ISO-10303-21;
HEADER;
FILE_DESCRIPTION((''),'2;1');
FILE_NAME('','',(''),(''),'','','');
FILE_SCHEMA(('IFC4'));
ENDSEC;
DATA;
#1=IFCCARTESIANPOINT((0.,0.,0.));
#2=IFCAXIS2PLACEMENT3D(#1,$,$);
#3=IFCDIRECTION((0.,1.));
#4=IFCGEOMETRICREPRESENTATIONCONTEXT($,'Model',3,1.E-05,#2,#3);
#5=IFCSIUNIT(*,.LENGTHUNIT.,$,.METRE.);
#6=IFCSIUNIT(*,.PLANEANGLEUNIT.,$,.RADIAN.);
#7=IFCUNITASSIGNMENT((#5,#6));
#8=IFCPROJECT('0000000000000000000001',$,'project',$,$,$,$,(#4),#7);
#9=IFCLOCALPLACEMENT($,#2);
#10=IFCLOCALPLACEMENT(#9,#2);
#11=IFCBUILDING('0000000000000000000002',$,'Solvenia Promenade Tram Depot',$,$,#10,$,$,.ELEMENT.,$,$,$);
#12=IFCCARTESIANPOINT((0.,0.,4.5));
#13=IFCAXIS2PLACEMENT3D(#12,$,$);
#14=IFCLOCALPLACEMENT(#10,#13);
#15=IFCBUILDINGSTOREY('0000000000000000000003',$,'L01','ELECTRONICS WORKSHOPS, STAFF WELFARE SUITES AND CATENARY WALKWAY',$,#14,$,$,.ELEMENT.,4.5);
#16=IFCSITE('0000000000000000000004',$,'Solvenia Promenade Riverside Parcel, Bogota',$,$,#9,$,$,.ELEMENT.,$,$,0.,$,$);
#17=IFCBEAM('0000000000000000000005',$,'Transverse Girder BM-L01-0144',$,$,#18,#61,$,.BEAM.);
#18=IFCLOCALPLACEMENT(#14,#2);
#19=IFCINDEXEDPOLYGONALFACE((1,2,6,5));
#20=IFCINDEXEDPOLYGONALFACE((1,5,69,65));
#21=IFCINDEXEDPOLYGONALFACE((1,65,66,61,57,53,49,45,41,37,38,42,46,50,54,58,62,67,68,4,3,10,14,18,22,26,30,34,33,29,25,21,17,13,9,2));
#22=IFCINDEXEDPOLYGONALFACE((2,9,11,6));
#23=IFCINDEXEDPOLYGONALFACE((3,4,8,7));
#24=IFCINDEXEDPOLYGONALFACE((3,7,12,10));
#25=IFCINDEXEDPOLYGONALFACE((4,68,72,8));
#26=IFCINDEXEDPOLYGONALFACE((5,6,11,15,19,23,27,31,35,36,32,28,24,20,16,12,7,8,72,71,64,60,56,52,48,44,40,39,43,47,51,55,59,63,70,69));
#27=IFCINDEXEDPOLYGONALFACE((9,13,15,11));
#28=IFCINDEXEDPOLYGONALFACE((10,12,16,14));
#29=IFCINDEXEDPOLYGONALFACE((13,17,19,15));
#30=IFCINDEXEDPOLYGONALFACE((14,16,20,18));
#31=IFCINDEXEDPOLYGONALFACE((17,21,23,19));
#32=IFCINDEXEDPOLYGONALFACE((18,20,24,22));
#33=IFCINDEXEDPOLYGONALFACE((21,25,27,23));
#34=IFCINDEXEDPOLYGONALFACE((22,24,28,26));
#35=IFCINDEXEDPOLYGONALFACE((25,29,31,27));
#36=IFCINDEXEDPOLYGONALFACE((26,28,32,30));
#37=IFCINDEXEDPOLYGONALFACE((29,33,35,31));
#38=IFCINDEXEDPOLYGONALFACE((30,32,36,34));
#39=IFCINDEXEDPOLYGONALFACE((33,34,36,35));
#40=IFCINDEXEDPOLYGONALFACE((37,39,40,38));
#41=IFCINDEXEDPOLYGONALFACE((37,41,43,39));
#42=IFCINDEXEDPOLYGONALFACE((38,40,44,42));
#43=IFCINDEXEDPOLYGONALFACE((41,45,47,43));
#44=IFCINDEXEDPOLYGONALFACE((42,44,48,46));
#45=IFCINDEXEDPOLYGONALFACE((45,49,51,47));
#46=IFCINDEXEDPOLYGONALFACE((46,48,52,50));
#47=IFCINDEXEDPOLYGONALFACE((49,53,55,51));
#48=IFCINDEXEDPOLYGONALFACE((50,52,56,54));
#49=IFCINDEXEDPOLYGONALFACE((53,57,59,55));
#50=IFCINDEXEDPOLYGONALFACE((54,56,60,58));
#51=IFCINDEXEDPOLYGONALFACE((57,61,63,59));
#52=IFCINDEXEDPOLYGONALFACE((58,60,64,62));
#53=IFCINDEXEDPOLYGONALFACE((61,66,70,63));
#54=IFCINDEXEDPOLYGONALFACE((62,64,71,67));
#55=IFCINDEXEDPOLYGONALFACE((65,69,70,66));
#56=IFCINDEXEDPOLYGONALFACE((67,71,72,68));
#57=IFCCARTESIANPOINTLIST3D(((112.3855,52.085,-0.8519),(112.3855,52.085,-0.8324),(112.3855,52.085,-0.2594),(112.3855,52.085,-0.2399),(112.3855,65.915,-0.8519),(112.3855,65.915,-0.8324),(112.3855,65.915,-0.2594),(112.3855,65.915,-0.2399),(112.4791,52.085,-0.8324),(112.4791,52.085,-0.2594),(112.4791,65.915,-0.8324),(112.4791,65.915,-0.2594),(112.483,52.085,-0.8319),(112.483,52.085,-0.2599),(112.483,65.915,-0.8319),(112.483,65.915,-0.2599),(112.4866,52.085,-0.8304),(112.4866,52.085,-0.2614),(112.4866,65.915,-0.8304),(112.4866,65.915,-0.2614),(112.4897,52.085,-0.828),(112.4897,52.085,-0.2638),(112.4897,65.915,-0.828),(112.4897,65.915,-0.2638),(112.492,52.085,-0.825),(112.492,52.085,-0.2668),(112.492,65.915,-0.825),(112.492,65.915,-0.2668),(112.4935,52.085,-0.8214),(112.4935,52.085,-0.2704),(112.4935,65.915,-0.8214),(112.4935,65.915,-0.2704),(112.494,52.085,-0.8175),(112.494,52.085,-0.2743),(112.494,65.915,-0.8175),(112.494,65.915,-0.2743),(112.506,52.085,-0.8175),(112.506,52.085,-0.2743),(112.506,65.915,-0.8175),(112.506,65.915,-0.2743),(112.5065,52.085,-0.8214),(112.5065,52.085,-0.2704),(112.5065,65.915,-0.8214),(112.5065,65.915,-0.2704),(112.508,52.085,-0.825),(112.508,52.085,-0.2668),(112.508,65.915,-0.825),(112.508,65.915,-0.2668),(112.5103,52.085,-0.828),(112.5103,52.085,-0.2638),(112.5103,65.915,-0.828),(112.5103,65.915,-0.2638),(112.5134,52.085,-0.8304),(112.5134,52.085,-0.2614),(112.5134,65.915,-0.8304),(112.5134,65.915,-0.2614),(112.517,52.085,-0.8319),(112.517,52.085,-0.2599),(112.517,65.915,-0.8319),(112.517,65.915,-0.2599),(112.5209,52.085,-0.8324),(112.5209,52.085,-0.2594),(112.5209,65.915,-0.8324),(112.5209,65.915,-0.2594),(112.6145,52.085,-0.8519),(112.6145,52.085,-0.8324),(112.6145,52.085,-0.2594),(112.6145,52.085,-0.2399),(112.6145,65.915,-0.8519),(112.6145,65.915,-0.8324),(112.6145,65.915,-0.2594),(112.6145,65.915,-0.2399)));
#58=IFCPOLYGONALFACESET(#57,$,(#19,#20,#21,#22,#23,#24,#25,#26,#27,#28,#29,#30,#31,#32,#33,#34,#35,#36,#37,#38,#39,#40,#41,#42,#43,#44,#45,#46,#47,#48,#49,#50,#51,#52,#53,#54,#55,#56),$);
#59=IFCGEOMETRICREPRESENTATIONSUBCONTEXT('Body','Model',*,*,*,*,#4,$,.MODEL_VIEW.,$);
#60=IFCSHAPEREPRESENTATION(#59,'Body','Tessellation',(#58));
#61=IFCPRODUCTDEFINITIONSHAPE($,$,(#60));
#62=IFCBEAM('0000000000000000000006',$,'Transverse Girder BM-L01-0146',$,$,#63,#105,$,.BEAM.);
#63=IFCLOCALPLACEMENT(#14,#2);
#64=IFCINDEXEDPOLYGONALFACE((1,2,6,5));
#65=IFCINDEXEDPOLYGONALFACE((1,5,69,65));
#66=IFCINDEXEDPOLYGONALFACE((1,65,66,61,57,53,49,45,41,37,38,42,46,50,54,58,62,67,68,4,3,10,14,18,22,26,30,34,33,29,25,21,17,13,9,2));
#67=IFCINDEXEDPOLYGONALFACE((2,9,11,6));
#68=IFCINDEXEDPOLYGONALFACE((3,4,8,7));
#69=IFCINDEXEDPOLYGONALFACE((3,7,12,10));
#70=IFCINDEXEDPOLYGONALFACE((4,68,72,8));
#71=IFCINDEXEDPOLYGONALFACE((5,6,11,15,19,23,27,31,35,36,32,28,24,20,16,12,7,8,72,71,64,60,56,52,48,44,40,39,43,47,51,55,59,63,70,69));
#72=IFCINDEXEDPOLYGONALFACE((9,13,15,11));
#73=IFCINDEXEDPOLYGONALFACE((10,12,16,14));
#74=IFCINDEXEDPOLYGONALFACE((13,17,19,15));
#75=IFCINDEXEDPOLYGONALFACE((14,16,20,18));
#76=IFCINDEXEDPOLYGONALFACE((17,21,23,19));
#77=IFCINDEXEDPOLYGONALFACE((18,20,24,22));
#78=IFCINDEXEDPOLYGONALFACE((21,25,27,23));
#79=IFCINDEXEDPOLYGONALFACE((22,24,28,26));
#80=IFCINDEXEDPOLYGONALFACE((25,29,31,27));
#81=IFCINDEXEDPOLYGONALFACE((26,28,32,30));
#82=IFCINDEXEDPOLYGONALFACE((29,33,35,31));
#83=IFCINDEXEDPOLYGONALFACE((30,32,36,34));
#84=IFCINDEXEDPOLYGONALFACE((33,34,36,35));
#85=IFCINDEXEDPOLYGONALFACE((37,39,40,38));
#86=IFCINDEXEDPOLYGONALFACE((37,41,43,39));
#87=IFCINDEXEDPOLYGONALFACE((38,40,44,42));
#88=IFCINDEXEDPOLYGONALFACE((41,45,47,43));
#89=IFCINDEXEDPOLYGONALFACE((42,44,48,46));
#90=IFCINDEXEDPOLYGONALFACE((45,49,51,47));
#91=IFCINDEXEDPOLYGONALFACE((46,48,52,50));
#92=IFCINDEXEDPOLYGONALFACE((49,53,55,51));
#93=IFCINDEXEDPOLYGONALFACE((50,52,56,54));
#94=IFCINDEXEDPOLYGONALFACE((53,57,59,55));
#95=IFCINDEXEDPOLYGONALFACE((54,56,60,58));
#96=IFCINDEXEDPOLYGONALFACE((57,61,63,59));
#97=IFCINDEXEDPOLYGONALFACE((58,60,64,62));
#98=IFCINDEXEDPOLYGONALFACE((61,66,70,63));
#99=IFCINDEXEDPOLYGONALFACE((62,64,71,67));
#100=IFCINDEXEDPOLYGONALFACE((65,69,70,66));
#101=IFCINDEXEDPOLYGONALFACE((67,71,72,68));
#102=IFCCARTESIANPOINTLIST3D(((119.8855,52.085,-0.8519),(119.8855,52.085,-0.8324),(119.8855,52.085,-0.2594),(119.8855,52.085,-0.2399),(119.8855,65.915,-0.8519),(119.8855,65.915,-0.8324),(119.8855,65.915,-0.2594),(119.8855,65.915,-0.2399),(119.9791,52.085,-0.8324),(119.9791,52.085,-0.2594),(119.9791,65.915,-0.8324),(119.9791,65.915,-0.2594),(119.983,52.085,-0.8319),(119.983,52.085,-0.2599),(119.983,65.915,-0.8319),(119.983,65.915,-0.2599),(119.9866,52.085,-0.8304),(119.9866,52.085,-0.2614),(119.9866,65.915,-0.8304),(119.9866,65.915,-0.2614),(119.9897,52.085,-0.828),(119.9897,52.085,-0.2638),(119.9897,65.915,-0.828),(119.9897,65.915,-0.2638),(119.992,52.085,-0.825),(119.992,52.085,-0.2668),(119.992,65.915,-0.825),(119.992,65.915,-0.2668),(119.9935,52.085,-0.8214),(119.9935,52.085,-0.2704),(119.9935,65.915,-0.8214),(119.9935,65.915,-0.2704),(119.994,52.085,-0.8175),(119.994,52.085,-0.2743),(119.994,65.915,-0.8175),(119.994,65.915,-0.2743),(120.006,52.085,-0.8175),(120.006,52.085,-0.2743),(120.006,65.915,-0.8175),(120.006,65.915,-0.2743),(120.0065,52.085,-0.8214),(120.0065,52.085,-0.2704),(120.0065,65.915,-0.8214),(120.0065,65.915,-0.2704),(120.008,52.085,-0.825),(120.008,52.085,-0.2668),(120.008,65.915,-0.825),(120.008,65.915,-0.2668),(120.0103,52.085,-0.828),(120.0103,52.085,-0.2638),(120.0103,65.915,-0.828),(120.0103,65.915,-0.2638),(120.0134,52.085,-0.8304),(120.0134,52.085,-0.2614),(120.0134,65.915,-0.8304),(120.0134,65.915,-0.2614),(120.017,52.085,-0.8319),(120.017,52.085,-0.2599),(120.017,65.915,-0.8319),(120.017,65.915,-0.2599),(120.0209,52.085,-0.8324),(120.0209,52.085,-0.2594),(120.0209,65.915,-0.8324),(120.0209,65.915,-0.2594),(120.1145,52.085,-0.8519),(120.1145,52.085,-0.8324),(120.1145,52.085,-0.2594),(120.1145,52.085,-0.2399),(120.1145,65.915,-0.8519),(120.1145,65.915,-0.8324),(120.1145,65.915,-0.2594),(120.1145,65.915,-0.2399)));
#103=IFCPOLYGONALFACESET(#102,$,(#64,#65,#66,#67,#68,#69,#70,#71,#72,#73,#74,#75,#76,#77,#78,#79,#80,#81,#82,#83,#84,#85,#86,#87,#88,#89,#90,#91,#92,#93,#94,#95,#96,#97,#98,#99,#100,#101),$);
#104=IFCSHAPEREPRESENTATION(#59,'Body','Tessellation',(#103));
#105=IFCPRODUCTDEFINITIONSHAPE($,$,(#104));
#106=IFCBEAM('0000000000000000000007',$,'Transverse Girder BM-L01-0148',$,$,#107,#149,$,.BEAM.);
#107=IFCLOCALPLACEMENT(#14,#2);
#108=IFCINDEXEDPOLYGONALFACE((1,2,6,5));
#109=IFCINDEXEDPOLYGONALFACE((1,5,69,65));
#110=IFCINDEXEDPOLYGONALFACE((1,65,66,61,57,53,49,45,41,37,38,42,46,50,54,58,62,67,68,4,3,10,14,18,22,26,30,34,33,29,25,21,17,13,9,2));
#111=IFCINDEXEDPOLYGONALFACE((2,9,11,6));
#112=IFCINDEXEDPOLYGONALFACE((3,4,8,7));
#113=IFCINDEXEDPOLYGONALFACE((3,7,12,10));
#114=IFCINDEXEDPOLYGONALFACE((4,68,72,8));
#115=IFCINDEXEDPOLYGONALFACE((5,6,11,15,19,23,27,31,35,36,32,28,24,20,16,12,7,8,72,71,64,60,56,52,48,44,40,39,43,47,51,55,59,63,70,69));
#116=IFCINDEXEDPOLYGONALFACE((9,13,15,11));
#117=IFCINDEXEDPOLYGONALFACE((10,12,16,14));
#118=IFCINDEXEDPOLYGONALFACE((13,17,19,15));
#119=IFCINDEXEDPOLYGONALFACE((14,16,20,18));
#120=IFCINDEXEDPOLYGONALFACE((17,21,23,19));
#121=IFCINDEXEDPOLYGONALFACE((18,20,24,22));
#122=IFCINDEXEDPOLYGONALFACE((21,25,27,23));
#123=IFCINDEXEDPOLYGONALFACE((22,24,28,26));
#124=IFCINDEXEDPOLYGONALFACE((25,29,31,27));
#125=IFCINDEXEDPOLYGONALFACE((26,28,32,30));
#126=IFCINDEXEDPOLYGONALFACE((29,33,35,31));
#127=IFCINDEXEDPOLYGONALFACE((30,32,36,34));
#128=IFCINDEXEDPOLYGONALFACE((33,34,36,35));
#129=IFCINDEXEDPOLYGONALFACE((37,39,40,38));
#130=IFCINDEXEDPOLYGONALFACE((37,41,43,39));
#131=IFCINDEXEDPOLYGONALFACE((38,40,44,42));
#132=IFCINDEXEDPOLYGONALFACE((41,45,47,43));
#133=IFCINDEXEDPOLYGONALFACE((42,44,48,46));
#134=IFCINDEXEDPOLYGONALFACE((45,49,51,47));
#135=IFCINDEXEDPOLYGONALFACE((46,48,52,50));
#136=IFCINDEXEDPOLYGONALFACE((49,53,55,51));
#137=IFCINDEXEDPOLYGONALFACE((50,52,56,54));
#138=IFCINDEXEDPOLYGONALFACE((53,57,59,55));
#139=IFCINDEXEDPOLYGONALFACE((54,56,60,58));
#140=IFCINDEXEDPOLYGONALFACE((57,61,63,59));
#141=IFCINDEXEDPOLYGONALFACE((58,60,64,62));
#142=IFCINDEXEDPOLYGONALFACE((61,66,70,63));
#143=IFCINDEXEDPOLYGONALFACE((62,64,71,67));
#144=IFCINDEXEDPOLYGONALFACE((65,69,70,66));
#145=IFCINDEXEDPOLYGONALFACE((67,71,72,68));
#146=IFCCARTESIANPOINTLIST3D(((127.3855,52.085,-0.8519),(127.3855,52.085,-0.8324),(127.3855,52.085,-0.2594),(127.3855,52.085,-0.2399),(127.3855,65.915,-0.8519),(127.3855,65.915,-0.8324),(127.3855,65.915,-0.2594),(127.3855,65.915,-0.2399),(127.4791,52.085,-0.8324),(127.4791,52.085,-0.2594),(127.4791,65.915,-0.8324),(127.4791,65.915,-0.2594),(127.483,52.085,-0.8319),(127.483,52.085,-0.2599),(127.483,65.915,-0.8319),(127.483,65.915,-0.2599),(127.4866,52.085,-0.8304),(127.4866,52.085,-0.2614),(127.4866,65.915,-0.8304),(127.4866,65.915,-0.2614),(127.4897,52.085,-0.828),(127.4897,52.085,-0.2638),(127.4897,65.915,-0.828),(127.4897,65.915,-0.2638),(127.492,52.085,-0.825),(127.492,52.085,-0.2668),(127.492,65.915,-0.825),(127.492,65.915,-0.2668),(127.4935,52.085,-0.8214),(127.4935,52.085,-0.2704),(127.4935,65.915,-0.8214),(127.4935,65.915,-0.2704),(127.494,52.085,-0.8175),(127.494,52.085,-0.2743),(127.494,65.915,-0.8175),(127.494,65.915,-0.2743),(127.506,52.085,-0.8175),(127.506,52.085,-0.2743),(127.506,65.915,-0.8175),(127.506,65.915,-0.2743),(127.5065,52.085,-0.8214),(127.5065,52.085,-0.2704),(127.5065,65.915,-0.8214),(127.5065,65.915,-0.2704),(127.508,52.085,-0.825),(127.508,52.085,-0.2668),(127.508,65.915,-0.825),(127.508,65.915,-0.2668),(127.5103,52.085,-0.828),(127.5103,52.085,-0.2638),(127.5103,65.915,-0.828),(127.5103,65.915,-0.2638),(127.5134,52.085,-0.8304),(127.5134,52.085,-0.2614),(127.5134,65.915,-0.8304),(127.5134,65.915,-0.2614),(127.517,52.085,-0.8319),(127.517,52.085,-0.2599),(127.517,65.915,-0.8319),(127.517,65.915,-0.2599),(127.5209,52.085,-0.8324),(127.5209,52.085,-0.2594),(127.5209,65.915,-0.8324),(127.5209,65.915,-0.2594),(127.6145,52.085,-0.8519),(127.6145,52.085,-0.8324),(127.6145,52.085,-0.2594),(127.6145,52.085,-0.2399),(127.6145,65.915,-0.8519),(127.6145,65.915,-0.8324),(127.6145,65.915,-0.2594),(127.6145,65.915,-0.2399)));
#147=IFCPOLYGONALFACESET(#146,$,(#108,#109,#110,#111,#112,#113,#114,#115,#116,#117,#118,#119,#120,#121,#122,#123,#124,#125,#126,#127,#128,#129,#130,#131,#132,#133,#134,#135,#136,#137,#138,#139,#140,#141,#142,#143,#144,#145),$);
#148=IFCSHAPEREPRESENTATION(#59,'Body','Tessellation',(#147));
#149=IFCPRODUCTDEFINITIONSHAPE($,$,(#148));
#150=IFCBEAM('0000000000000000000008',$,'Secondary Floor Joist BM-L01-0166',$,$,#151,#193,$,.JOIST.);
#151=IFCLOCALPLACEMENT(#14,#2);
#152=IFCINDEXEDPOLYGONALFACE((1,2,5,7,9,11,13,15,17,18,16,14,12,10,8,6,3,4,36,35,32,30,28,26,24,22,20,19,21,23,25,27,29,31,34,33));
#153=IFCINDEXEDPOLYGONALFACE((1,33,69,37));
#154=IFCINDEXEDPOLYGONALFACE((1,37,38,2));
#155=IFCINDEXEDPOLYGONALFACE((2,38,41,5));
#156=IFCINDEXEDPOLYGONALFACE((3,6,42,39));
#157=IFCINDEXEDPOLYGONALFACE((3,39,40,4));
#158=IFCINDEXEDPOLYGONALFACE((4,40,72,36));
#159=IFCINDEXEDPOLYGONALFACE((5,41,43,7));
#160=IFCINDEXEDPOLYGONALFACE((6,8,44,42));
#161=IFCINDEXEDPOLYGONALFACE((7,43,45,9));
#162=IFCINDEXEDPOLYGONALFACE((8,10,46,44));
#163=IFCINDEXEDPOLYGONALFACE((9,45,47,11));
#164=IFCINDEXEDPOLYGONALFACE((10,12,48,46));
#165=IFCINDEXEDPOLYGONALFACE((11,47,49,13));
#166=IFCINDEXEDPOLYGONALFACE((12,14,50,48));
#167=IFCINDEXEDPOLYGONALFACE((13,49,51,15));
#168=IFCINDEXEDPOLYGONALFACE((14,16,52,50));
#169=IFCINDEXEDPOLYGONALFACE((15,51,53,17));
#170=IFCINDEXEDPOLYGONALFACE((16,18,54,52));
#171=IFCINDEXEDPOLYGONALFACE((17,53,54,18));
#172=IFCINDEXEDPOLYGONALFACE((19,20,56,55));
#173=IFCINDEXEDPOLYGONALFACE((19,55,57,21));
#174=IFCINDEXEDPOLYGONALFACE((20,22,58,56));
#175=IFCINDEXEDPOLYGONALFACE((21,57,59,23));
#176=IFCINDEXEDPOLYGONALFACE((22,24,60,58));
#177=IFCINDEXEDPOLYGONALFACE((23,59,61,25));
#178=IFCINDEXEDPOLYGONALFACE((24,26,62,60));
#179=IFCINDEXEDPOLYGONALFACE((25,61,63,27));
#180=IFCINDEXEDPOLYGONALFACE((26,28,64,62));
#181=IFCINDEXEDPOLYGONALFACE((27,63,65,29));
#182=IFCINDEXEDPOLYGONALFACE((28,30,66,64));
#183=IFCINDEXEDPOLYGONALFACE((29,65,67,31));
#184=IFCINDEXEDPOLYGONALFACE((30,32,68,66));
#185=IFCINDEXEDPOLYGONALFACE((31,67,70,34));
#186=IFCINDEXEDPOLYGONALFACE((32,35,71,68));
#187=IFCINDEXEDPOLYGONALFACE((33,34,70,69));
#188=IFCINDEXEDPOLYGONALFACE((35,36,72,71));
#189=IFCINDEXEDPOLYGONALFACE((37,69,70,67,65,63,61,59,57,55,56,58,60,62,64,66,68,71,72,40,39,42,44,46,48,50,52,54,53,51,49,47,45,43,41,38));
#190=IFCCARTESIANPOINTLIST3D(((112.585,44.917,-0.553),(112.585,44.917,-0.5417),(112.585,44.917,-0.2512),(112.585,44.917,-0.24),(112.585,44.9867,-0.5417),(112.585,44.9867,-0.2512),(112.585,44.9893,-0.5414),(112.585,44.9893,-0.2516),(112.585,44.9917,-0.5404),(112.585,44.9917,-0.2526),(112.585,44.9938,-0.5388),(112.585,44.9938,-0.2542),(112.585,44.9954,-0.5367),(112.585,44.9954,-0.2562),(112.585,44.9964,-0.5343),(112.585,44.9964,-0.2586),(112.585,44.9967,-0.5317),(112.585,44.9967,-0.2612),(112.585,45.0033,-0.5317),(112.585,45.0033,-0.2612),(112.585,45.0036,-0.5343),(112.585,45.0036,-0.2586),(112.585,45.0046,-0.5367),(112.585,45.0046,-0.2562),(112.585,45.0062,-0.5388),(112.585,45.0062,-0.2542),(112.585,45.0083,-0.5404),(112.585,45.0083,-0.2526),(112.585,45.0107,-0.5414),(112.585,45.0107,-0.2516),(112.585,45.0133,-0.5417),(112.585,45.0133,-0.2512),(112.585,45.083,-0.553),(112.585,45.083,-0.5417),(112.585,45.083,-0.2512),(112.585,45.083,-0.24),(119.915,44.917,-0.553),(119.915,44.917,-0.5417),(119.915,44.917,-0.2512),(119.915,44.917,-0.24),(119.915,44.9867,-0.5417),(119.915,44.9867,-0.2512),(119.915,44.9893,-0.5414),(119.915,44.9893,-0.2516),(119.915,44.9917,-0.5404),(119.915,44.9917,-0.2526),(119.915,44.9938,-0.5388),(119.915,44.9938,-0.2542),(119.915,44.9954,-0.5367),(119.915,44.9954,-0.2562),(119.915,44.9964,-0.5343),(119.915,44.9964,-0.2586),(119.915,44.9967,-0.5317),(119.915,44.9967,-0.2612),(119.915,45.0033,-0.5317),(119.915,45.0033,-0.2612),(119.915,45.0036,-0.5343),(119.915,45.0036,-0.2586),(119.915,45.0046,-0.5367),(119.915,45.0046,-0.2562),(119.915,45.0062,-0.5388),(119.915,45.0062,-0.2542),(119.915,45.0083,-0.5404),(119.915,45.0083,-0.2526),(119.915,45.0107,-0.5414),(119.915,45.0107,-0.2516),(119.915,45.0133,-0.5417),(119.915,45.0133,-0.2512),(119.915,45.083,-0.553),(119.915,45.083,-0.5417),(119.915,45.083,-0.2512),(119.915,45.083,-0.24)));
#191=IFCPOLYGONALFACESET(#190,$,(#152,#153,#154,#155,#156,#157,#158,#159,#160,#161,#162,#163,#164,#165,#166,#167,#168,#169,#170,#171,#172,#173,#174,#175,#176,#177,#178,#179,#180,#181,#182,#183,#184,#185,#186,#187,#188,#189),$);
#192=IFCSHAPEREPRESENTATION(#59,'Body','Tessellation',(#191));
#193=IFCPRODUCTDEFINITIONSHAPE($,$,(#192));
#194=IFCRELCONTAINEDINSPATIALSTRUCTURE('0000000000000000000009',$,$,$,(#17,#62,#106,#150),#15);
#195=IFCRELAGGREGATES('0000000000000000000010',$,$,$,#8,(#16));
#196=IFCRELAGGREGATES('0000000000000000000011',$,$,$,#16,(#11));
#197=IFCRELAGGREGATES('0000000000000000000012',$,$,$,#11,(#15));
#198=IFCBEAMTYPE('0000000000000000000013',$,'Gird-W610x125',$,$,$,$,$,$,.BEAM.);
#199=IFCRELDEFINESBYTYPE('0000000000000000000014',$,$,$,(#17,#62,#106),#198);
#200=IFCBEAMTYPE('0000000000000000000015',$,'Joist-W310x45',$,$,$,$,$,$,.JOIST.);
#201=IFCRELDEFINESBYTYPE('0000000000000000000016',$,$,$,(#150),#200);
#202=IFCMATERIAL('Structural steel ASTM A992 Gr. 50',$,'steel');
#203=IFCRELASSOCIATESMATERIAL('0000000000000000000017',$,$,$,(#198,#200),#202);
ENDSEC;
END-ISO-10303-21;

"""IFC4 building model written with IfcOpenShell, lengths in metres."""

from ifc_helpers import new_model, si_unit, direction, frame, origin, origin_2d, place, context, subcontext, project, spatial, i_section, extrude, material, material_profile, profile_set, type_object, element, save


model = new_model("IFC4")

# Units and contexts
model_context = context("Model", 3, precision=1e-05, world=origin(), true_north=direction((0.0, 1.0)))
body_context = subcontext(model_context, "Body", "Model", "MODEL_VIEW")
ifc_project = project(units=[si_unit("LENGTHUNIT", "METRE"), si_unit("PLANEANGLEUNIT", "RADIAN")], contexts=[model_context])

# Site, building, storey
site_placement = place(None, origin())
site = spatial("IfcSite", under=ifc_project, at=site_placement, Name="Solvenia Promenade Riverside Parcel, Bogota", CompositionType="ELEMENT", RefElevation=0.0)
building_placement = place(site_placement, origin())
building = spatial("IfcBuilding", under=site, at=building_placement, Name="Solvenia Promenade Tram Depot", CompositionType="ELEMENT")
storey_placement = place(building_placement, frame((0.0, 0.0, 4.5)))
storey = spatial("IfcBuildingStorey", under=building, at=storey_placement, Name="L01", Description="ELECTRONICS WORKSHOPS, STAFF WELFARE SUITES AND CATENARY WALKWAY", CompositionType="ELEMENT", Elevation=4.5)

# Shared definitions
ifc_material_1 = material(Name="Structural steel ASTM A992 Gr. 50", Category="steel")

# Beams
ifc_material_profile_1 = material_profile(ifc_material_1, i_section(OverallWidth=0.229, OverallDepth=0.6121, WebThickness=0.012, FlangeThickness=0.0195, FilletRadius=0.0149, at=origin_2d()), Name="W610x125", Category="steel")
ifc_profile_set_1 = profile_set([ifc_material_profile_1], Name="Structural steel ASTM A992 Gr. 50")
beam_type_1 = type_object("IfcBeamType", Name="Gird-W610x125", PredefinedType="BEAM", material=ifc_profile_set_1)
for number, where, z_axis, x_axis, name in (
    (1, (112.5, 52.085, -0.5459), (0.0, 1.0, 0.0), (-1.0, 0.0, 0.0), "Transverse Girder BM-L01-0144"),
    (2, (120.0, 52.085, -0.5459), (0.0, 1.0, 0.0), (-1.0, 0.0, 0.0), "Transverse Girder BM-L01-0146"),
    (3, (127.5, 52.085, -0.5459), (0.0, 1.0, 0.0), (-1.0, 0.0, 0.0), "Transverse Girder BM-L01-0148"),
):
    element("IfcBeam", number, at=place(storey_placement, frame(where, z_axis=z_axis, x_axis=x_axis)), inside=storey, type_object=beam_type_1, Name=name, PredefinedType="BEAM", context=body_context, shape_type="SweptSolid", body=[
        extrude(i_section(OverallWidth=0.229, OverallDepth=0.6121, WebThickness=0.012, FlangeThickness=0.0195, FilletRadius=0.0149, at=origin_2d()), origin(), (0.0, 0.0, 1.0), 13.8301),
    ])
ifc_material_profile_2 = material_profile(ifc_material_1, i_section(OverallWidth=0.166, OverallDepth=0.313, WebThickness=0.0066, FlangeThickness=0.0112, FilletRadius=0.01, at=origin_2d()), Name="W310x45", Category="steel")
ifc_profile_set_2 = profile_set([ifc_material_profile_2], Name="Structural steel ASTM A992 Gr. 50")
beam_type_2 = type_object("IfcBeamType", Name="Joist-W310x45", PredefinedType="JOIST", material=ifc_profile_set_2)
for number, where, z_axis, x_axis, name in (
    (4, (112.585, 45.0, -0.3965), (1.0, 0.0, 0.0), (0.0, 1.0, 0.0), "Secondary Floor Joist BM-L01-0166"),
):
    element("IfcBeam", number, at=place(storey_placement, frame(where, z_axis=z_axis, x_axis=x_axis)), inside=storey, type_object=beam_type_2, Name=name, PredefinedType="JOIST", context=body_context, shape_type="SweptSolid", body=[
        extrude(i_section(OverallWidth=0.166, OverallDepth=0.313, WebThickness=0.0066, FlangeThickness=0.0112, FilletRadius=0.01, at=origin_2d()), origin(), (0.0, 0.0, 1.0), 7.3301),
    ])

save(model, "model.ifc")
